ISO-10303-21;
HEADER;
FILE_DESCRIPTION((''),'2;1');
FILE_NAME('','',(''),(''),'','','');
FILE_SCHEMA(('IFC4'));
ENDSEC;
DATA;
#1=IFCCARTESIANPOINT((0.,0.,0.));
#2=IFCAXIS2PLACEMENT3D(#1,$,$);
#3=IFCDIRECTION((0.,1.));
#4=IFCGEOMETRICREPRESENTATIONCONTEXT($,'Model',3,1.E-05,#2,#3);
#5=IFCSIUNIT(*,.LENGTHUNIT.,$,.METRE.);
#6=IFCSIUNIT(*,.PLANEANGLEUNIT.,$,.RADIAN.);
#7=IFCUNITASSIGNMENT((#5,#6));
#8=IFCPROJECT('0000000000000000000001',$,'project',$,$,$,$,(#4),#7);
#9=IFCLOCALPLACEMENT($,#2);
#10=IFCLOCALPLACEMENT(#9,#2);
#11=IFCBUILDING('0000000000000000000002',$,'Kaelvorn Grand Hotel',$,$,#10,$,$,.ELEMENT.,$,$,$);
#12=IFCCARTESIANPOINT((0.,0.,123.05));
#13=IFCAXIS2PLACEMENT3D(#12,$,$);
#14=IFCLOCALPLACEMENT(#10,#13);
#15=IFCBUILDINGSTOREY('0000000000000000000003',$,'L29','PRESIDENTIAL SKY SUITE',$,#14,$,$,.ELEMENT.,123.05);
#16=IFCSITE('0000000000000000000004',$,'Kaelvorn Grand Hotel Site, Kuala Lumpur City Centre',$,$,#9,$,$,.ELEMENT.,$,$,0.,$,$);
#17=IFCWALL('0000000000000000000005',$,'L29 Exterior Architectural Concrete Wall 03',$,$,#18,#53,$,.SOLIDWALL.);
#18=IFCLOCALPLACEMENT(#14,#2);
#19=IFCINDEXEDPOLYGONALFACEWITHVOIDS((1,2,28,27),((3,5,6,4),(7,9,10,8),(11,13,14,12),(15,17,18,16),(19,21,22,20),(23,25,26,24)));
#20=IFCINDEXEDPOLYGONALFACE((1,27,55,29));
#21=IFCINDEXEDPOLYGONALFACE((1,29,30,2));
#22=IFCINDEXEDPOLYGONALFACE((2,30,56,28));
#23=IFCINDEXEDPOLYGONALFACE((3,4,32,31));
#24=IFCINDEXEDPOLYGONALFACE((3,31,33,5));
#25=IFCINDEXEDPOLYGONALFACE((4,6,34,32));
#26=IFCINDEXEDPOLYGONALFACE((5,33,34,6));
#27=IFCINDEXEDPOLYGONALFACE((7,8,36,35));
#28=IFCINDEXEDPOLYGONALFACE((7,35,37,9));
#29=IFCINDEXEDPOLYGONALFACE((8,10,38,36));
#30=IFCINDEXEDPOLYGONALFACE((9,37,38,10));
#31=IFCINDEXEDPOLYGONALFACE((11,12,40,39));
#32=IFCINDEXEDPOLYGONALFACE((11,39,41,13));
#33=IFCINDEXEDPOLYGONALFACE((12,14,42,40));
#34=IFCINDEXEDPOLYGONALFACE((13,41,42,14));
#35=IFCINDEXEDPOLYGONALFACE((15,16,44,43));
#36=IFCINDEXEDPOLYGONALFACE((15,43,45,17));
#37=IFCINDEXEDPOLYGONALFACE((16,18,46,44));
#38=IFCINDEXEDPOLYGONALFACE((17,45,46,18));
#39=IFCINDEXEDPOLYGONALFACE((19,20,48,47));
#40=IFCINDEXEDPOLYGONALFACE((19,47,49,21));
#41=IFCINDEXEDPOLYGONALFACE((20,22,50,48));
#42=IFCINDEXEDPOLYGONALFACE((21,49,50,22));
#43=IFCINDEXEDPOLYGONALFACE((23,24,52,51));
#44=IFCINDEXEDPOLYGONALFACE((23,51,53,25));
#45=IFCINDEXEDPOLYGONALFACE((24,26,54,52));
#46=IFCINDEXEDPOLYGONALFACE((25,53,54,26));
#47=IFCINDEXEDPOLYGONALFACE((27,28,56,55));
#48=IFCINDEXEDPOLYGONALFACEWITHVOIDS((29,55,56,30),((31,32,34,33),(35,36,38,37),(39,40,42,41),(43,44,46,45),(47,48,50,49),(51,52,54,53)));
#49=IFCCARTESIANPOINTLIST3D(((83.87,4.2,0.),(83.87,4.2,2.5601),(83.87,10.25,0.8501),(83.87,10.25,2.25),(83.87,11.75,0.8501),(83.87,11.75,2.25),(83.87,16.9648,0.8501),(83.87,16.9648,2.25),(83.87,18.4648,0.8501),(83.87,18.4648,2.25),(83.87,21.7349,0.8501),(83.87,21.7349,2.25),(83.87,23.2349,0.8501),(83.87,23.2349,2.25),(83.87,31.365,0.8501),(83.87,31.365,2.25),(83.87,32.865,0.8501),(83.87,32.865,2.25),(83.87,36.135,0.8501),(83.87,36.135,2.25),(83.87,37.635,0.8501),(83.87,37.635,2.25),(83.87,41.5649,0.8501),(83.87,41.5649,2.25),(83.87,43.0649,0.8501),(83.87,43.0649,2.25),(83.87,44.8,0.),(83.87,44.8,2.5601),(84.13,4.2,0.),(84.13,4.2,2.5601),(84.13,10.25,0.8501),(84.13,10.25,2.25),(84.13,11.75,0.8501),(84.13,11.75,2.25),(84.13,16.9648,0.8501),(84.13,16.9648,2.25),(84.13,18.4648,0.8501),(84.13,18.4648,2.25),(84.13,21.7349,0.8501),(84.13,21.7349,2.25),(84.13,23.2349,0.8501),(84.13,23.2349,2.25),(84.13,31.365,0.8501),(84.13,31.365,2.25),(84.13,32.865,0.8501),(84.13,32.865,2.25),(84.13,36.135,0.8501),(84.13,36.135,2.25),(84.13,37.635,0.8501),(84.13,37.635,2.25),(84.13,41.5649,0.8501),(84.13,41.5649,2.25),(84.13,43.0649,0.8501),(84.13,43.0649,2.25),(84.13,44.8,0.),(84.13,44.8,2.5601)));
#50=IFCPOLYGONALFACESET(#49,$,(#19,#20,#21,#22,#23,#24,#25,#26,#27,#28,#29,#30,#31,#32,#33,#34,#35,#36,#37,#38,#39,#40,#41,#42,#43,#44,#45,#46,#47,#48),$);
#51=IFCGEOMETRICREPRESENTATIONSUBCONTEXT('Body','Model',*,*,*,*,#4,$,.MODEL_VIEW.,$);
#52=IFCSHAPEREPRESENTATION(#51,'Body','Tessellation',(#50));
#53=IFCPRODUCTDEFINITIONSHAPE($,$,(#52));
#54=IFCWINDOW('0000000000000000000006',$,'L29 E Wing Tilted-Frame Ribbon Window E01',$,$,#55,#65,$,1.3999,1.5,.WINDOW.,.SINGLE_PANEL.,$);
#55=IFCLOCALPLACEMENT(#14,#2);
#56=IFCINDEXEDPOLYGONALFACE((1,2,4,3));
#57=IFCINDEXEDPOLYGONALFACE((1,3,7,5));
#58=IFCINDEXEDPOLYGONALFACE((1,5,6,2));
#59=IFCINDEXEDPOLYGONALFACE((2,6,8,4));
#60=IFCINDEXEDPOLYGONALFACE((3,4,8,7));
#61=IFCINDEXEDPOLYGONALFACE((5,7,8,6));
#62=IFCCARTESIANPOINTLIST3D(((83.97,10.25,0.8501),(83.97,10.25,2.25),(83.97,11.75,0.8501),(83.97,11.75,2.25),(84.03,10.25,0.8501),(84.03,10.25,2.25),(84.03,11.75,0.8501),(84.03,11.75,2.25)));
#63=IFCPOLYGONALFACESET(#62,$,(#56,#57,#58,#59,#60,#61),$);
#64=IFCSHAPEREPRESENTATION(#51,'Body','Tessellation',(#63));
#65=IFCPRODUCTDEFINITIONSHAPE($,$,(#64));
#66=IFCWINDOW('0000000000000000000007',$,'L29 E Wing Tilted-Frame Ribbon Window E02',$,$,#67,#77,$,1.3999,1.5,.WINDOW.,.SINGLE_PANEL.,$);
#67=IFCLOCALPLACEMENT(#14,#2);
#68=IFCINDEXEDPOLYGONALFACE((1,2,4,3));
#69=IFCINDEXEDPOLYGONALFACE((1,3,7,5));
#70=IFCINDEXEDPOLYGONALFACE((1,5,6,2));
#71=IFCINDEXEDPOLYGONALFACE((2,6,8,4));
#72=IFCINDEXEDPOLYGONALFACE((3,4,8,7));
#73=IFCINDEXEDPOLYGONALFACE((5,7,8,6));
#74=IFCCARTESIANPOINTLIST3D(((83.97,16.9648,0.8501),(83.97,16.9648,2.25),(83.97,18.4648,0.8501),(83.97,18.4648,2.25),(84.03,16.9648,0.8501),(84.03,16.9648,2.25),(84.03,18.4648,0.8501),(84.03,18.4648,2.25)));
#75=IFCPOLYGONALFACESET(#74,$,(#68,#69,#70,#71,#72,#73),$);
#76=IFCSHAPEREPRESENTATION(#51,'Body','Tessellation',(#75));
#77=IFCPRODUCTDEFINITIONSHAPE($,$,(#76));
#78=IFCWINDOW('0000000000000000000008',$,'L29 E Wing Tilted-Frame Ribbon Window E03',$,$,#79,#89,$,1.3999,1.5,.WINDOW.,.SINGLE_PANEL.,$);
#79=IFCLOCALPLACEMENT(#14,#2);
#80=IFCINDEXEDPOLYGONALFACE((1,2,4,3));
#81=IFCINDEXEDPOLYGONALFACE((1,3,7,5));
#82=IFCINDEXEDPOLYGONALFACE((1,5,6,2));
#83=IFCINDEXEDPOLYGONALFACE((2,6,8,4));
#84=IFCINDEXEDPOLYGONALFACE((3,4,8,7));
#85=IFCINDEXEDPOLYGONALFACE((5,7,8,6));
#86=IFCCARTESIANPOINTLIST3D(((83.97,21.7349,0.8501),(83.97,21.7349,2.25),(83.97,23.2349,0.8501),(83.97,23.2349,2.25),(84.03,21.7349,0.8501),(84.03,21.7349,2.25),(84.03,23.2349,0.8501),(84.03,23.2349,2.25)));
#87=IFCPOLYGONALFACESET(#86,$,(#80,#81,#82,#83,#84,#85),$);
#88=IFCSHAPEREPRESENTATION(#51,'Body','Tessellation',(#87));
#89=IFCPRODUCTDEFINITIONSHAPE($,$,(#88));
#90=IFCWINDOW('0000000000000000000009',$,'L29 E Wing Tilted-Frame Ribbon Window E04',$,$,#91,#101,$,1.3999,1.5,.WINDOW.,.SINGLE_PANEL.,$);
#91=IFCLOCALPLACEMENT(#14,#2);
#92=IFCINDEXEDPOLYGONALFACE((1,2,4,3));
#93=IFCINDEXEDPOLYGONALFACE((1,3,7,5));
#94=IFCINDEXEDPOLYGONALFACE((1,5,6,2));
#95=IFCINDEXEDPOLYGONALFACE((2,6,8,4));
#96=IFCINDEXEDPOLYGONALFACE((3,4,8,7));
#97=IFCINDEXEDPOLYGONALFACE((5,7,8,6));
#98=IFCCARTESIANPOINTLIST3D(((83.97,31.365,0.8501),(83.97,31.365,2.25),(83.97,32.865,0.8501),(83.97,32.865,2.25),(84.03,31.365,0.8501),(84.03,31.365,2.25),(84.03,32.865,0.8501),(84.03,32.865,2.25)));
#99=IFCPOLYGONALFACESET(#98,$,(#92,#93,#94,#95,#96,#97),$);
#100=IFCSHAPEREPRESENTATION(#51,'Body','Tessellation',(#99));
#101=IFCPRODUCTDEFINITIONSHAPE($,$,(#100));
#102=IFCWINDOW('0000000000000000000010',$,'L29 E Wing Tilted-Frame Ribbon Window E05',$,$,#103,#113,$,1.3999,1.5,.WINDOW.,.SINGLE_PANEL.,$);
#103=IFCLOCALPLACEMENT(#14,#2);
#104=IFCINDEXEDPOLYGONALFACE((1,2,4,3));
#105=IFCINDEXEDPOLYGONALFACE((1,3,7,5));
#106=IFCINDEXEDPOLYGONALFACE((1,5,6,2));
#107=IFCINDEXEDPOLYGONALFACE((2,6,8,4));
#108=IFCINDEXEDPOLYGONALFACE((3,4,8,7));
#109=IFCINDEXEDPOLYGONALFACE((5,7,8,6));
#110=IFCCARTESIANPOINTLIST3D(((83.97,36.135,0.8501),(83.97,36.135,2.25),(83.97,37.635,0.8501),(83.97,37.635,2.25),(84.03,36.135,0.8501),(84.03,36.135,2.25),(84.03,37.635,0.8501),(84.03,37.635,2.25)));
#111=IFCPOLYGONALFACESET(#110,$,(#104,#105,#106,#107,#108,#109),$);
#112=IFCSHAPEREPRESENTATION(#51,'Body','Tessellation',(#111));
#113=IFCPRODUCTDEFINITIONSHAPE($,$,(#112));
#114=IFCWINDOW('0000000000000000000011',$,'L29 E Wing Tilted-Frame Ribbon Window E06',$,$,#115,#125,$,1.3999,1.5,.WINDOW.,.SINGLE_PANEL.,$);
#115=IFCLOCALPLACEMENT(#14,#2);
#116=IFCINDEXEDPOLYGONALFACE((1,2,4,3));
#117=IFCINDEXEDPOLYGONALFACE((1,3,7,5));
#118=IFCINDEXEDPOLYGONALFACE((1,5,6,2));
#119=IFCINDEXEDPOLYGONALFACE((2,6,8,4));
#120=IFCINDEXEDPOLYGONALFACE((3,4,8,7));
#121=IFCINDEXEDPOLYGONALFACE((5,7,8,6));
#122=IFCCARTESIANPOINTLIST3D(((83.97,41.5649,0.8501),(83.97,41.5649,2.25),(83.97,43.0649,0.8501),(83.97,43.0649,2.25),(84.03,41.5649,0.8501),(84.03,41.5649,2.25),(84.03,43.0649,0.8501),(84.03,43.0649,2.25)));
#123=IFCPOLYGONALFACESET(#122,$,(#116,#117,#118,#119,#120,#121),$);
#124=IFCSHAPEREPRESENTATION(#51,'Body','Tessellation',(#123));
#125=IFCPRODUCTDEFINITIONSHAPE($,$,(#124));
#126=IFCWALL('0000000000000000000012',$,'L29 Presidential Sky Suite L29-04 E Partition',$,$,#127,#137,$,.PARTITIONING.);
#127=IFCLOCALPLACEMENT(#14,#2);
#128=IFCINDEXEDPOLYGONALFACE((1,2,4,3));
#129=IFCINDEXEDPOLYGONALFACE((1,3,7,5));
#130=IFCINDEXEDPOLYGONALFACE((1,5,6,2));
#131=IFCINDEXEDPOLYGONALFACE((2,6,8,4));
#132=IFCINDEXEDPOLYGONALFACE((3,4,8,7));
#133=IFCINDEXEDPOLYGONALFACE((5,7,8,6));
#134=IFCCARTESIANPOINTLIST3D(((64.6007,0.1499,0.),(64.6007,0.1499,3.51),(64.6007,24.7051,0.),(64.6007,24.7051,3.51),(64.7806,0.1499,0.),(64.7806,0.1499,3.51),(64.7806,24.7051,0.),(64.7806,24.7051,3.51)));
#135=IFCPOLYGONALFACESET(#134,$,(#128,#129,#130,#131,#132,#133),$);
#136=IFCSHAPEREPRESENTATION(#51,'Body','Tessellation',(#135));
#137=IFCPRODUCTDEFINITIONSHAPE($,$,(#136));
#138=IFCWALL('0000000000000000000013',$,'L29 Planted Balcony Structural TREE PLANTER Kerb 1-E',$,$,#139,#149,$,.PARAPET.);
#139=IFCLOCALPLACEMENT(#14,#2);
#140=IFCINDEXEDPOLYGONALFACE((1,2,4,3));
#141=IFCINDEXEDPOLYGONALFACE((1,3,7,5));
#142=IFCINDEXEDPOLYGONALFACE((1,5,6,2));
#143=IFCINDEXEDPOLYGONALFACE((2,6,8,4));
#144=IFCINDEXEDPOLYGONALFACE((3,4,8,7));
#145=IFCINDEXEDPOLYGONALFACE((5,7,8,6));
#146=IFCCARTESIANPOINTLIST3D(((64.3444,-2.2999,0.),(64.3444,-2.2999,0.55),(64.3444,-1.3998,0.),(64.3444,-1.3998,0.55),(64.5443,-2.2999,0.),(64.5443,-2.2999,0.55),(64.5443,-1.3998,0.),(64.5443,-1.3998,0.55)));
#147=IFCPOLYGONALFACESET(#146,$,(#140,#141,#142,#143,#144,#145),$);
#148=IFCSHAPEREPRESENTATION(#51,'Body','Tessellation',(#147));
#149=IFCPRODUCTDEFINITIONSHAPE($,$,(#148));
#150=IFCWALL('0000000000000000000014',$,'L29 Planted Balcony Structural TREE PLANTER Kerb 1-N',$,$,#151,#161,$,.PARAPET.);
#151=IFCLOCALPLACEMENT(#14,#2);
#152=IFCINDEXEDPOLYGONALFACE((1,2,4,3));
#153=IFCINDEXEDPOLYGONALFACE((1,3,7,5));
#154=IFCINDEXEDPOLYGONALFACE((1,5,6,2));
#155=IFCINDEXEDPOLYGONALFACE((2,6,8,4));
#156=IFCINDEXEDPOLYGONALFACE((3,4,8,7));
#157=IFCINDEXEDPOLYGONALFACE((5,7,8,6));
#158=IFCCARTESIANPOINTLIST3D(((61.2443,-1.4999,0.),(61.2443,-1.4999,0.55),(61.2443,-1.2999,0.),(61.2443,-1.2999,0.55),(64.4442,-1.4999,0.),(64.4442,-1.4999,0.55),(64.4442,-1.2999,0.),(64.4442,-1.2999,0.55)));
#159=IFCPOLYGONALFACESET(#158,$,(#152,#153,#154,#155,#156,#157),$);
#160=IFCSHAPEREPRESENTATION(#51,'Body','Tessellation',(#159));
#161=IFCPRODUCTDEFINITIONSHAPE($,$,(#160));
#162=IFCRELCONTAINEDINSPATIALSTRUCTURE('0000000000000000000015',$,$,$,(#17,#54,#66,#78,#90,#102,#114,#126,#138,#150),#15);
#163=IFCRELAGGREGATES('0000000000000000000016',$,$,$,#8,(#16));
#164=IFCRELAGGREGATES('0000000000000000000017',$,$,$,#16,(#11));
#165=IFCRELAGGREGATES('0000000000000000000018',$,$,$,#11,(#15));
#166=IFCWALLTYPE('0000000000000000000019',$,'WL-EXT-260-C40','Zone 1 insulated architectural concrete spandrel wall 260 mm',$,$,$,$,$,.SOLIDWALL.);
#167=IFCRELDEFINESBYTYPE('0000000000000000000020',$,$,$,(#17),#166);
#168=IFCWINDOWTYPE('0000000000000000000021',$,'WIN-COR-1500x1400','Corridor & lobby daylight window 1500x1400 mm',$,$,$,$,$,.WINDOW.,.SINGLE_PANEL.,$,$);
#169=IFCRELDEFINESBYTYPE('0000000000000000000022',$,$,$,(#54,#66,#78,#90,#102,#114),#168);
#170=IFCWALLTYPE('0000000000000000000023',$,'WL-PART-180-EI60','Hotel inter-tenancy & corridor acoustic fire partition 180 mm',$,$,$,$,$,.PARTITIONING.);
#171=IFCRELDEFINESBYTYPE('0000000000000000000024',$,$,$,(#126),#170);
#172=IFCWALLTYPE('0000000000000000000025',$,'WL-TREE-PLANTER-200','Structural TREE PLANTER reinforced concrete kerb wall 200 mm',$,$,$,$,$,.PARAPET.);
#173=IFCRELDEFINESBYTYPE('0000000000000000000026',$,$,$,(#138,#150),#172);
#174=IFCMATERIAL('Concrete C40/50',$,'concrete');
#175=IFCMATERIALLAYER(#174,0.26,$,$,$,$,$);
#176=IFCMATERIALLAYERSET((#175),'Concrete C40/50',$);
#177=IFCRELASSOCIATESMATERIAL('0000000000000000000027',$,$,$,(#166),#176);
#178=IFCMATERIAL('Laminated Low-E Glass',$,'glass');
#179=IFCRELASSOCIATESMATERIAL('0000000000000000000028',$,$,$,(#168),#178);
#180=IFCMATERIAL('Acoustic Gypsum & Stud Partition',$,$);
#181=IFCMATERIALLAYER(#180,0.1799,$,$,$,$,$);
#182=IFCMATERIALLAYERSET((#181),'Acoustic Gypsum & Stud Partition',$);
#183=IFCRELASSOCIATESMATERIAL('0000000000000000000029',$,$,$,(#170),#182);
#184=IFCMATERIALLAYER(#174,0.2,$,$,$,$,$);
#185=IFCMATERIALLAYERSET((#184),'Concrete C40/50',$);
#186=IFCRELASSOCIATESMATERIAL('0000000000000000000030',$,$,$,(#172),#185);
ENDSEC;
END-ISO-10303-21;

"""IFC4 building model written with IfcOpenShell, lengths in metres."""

from ifc_helpers import new_model, si_unit, direction, frame, frame_2d, origin, place, context, subcontext, project, spatial, rectangle, extrude, material, layer, layer_set, type_object, element, fill, save


model = new_model("IFC4")

# Units and contexts
model_context = context("Model", 3, precision=1e-05, world=origin(), true_north=direction((0.0, 1.0)))
body_context = subcontext(model_context, "Body", "Model", "MODEL_VIEW")
ifc_project = project(units=[si_unit("LENGTHUNIT", "METRE"), si_unit("PLANEANGLEUNIT", "RADIAN")], contexts=[model_context])

# Site, building, storey
site_placement = place(None, origin())
site = spatial("IfcSite", under=ifc_project, at=site_placement, Name="Kaelvorn Grand Hotel Site, Kuala Lumpur City Centre", CompositionType="ELEMENT", RefElevation=0.0)
building_placement = place(site_placement, origin())
building = spatial("IfcBuilding", under=site, at=building_placement, Name="Kaelvorn Grand Hotel", CompositionType="ELEMENT")
storey_placement = place(building_placement, frame((0.0, 0.0, 123.05)))
storey = spatial("IfcBuildingStorey", under=building, at=storey_placement, Name="L29", Description="PRESIDENTIAL SKY SUITE", CompositionType="ELEMENT", Elevation=123.05)

# Shared definitions
ifc_material_1 = material(Name="Concrete C40/50", Category="concrete")
ifc_layer_1 = layer(ifc_material_1, 0.26)
ifc_layer_set_1 = layer_set([ifc_layer_1], Name="Concrete C40/50")
wall_type_1 = type_object("IfcWallType", Name="WL-EXT-260-C40", Description="Zone 1 insulated architectural concrete spandrel wall 260 mm", PredefinedType="SOLIDWALL", material=ifc_layer_set_1)

# Wall, openings, windows
wall_1_placement = place(storey_placement, frame((84.0, 4.2, 0.0), z_axis=(0.0, 0.0, 1.0), x_axis=(0.0, 1.0, 0.0)))
wall_1 = element("IfcWall", 1, at=wall_1_placement, inside=storey, type_object=wall_type_1, Name="L29 Exterior Architectural Concrete Wall 03", PredefinedType="SOLIDWALL", context=body_context, shape_type="SweptSolid", body=[
    extrude(rectangle(XDim=40.6001, YDim=0.26, at=frame_2d((20.3, 0.0))), origin(), (0.0, 0.0, 1.0), 2.5601),
])
opening_1_placement = place(wall_1_placement, frame((6.05, 0.0, 0.8501)))
opening_1 = element("IfcOpeningElement", 2, at=opening_1_placement, cuts=wall_1, PredefinedType="OPENING", context=body_context, shape_type="SweptSolid", body=[
    extrude(rectangle(XDim=1.5, YDim=1.3999, at=frame_2d((0.75, 0.7))), frame((0.0, 0.1401, 0.0), z_axis=(0.0, -1.0, 0.0), x_axis=(1.0, 0.0, 0.0)), (0.0, 0.0, 1.0), 0.28),
])
opening_2_placement = place(wall_1_placement, frame((12.7649, 0.0, 0.8501)))
opening_2 = element("IfcOpeningElement", 3, at=opening_2_placement, cuts=wall_1, PredefinedType="OPENING", context=body_context, shape_type="SweptSolid", body=[
    extrude(rectangle(XDim=1.5, YDim=1.3999, at=frame_2d((0.75, 0.7))), frame((0.0, 0.1401, 0.0), z_axis=(0.0, -1.0, 0.0), x_axis=(1.0, 0.0, 0.0)), (0.0, 0.0, 1.0), 0.28),
])
opening_3_placement = place(wall_1_placement, frame((17.5349, 0.0, 0.8501)))
opening_3 = element("IfcOpeningElement", 4, at=opening_3_placement, cuts=wall_1, PredefinedType="OPENING", context=body_context, shape_type="SweptSolid", body=[
    extrude(rectangle(XDim=1.5, YDim=1.3999, at=frame_2d((0.75, 0.7))), frame((0.0, 0.1401, 0.0), z_axis=(0.0, -1.0, 0.0), x_axis=(1.0, 0.0, 0.0)), (0.0, 0.0, 1.0), 0.28),
])
opening_4_placement = place(wall_1_placement, frame((27.165, 0.0, 0.8501)))
opening_4 = element("IfcOpeningElement", 5, at=opening_4_placement, cuts=wall_1, PredefinedType="OPENING", context=body_context, shape_type="SweptSolid", body=[
    extrude(rectangle(XDim=1.5, YDim=1.3999, at=frame_2d((0.75, 0.7))), frame((0.0, 0.1401, 0.0), z_axis=(0.0, -1.0, 0.0), x_axis=(1.0, 0.0, 0.0)), (0.0, 0.0, 1.0), 0.28),
])
opening_5_placement = place(wall_1_placement, frame((31.9351, 0.0, 0.8501)))
opening_5 = element("IfcOpeningElement", 6, at=opening_5_placement, cuts=wall_1, PredefinedType="OPENING", context=body_context, shape_type="SweptSolid", body=[
    extrude(rectangle(XDim=1.5, YDim=1.3999, at=frame_2d((0.75, 0.7))), frame((0.0, 0.1401, 0.0), z_axis=(0.0, -1.0, 0.0), x_axis=(1.0, 0.0, 0.0)), (0.0, 0.0, 1.0), 0.28),
])
opening_6_placement = place(wall_1_placement, frame((37.365, 0.0, 0.8501)))
opening_6 = element("IfcOpeningElement", 7, at=opening_6_placement, cuts=wall_1, PredefinedType="OPENING", context=body_context, shape_type="SweptSolid", body=[
    extrude(rectangle(XDim=1.5, YDim=1.3999, at=frame_2d((0.75, 0.7))), frame((0.0, 0.1401, 0.0), z_axis=(0.0, -1.0, 0.0), x_axis=(1.0, 0.0, 0.0)), (0.0, 0.0, 1.0), 0.28),
])
ifc_material_2 = material(Name="Laminated Low-E Glass", Category="glass")
window_type = type_object("IfcWindowType", Name="WIN-COR-1500x1400", Description="Corridor & lobby daylight window 1500x1400 mm", PartitioningType="SINGLE_PANEL", PredefinedType="WINDOW", material=ifc_material_2)
window_1_placement = place(opening_1_placement, origin())
window_1 = element("IfcWindow", 8, at=window_1_placement, inside=storey, type_object=window_type, Name="L29 E Wing Tilted-Frame Ribbon Window E01", OverallHeight=1.3999, OverallWidth=1.5, PartitioningType="SINGLE_PANEL", PredefinedType="WINDOW", context=body_context, shape_type="SweptSolid", body=[
    extrude(rectangle(XDim=1.5, YDim=1.3999, at=frame_2d((0.75, 0.7))), frame((0.0, 0.03, 0.0), z_axis=(0.0, -1.0, 0.0), x_axis=(1.0, 0.0, 0.0)), (0.0, 0.0, 1.0), 0.0601),
])
fill(opening_1, window_1)
window_2_placement = place(opening_2_placement, origin())
window_2 = element("IfcWindow", 9, at=window_2_placement, inside=storey, type_object=window_type, Name="L29 E Wing Tilted-Frame Ribbon Window E02", OverallHeight=1.3999, OverallWidth=1.5, PartitioningType="SINGLE_PANEL", PredefinedType="WINDOW", context=body_context, shape_type="SweptSolid", body=[
    extrude(rectangle(XDim=1.5, YDim=1.3999, at=frame_2d((0.75, 0.7))), frame((0.0, 0.03, 0.0), z_axis=(0.0, -1.0, 0.0), x_axis=(1.0, 0.0, 0.0)), (0.0, 0.0, 1.0), 0.0601),
])
fill(opening_2, window_2)
window_3_placement = place(opening_3_placement, origin())
window_3 = element("IfcWindow", 10, at=window_3_placement, inside=storey, type_object=window_type, Name="L29 E Wing Tilted-Frame Ribbon Window E03", OverallHeight=1.3999, OverallWidth=1.5, PartitioningType="SINGLE_PANEL", PredefinedType="WINDOW", context=body_context, shape_type="SweptSolid", body=[
    extrude(rectangle(XDim=1.5, YDim=1.3999, at=frame_2d((0.75, 0.7))), frame((0.0, 0.03, 0.0), z_axis=(0.0, -1.0, 0.0), x_axis=(1.0, 0.0, 0.0)), (0.0, 0.0, 1.0), 0.0601),
])
fill(opening_3, window_3)
window_4_placement = place(opening_4_placement, origin())
window_4 = element("IfcWindow", 11, at=window_4_placement, inside=storey, type_object=window_type, Name="L29 E Wing Tilted-Frame Ribbon Window E04", OverallHeight=1.3999, OverallWidth=1.5, PartitioningType="SINGLE_PANEL", PredefinedType="WINDOW", context=body_context, shape_type="SweptSolid", body=[
    extrude(rectangle(XDim=1.5, YDim=1.3999, at=frame_2d((0.75, 0.7))), frame((0.0, 0.03, 0.0), z_axis=(0.0, -1.0, 0.0), x_axis=(1.0, 0.0, 0.0)), (0.0, 0.0, 1.0), 0.0601),
])
fill(opening_4, window_4)
window_5_placement = place(opening_5_placement, origin())
window_5 = element("IfcWindow", 12, at=window_5_placement, inside=storey, type_object=window_type, Name="L29 E Wing Tilted-Frame Ribbon Window E05", OverallHeight=1.3999, OverallWidth=1.5, PartitioningType="SINGLE_PANEL", PredefinedType="WINDOW", context=body_context, shape_type="SweptSolid", body=[
    extrude(rectangle(XDim=1.5, YDim=1.3999, at=frame_2d((0.75, 0.7))), frame((0.0, 0.03, 0.0), z_axis=(0.0, -1.0, 0.0), x_axis=(1.0, 0.0, 0.0)), (0.0, 0.0, 1.0), 0.0601),
])
fill(opening_5, window_5)
window_6_placement = place(opening_6_placement, origin())
window_6 = element("IfcWindow", 13, at=window_6_placement, inside=storey, type_object=window_type, Name="L29 E Wing Tilted-Frame Ribbon Window E06", OverallHeight=1.3999, OverallWidth=1.5, PartitioningType="SINGLE_PANEL", PredefinedType="WINDOW", context=body_context, shape_type="SweptSolid", body=[
    extrude(rectangle(XDim=1.5, YDim=1.3999, at=frame_2d((0.75, 0.7))), frame((0.0, 0.03, 0.0), z_axis=(0.0, -1.0, 0.0), x_axis=(1.0, 0.0, 0.0)), (0.0, 0.0, 1.0), 0.0601),
])
fill(opening_6, window_6)

# Walls
ifc_material_3 = material(Name="Acoustic Gypsum & Stud Partition")
ifc_layer_2 = layer(ifc_material_3, 0.1799)
ifc_layer_set_2 = layer_set([ifc_layer_2], Name="Acoustic Gypsum & Stud Partition")
wall_type_2 = type_object("IfcWallType", Name="WL-PART-180-EI60", Description="Hotel inter-tenancy & corridor acoustic fire partition 180 mm", PredefinedType="PARTITIONING", material=ifc_layer_set_2)
wall_2_placement = place(storey_placement, frame((64.6907, 0.1499, 0.0), z_axis=(0.0, 0.0, 1.0), x_axis=(0.0, 1.0, 0.0)))
element("IfcWall", 14, at=wall_2_placement, inside=storey, type_object=wall_type_2, Name="L29 Presidential Sky Suite L29-04 E Partition", PredefinedType="PARTITIONING", context=body_context, shape_type="SweptSolid", body=[
    extrude(rectangle(XDim=24.5552, YDim=0.1799, at=frame_2d((12.2776, 0.0))), origin(), (0.0, 0.0, 1.0), 3.51),
])
ifc_layer_3 = layer(ifc_material_1, 0.2)
ifc_layer_set_3 = layer_set([ifc_layer_3], Name="Concrete C40/50")
wall_type_3 = type_object("IfcWallType", Name="WL-TREE-PLANTER-200", Description="Structural TREE PLANTER reinforced concrete kerb wall 200 mm", PredefinedType="PARAPET", material=ifc_layer_set_3)
wall_3_placement = place(storey_placement, frame((64.4443, -2.3, 0.0), z_axis=(0.0, 0.0, 1.0), x_axis=(0.0, 1.0, 0.0)))
element("IfcWall", 15, at=wall_3_placement, inside=storey, type_object=wall_type_3, Name="L29 Planted Balcony Structural TREE PLANTER Kerb 1-E", PredefinedType="PARAPET", context=body_context, shape_type="SweptSolid", body=[
    extrude(rectangle(XDim=0.9001, YDim=0.2, at=frame_2d((0.4502, 0.0))), origin(), (0.0, 0.0, 1.0), 0.55),
])
wall_4_placement = place(storey_placement, frame((64.4443, -1.3999, 0.0), z_axis=(0.0, 0.0, 1.0), x_axis=(-1.0, 0.0, 0.0)))
element("IfcWall", 16, at=wall_4_placement, inside=storey, type_object=wall_type_3, Name="L29 Planted Balcony Structural TREE PLANTER Kerb 1-N", PredefinedType="PARAPET", context=body_context, shape_type="SweptSolid", body=[
    extrude(rectangle(XDim=3.2, YDim=0.2, at=frame_2d((1.6001, 0.0))), origin(), (0.0, 0.0, 1.0), 0.55),
])

save(model, "model.ifc")
